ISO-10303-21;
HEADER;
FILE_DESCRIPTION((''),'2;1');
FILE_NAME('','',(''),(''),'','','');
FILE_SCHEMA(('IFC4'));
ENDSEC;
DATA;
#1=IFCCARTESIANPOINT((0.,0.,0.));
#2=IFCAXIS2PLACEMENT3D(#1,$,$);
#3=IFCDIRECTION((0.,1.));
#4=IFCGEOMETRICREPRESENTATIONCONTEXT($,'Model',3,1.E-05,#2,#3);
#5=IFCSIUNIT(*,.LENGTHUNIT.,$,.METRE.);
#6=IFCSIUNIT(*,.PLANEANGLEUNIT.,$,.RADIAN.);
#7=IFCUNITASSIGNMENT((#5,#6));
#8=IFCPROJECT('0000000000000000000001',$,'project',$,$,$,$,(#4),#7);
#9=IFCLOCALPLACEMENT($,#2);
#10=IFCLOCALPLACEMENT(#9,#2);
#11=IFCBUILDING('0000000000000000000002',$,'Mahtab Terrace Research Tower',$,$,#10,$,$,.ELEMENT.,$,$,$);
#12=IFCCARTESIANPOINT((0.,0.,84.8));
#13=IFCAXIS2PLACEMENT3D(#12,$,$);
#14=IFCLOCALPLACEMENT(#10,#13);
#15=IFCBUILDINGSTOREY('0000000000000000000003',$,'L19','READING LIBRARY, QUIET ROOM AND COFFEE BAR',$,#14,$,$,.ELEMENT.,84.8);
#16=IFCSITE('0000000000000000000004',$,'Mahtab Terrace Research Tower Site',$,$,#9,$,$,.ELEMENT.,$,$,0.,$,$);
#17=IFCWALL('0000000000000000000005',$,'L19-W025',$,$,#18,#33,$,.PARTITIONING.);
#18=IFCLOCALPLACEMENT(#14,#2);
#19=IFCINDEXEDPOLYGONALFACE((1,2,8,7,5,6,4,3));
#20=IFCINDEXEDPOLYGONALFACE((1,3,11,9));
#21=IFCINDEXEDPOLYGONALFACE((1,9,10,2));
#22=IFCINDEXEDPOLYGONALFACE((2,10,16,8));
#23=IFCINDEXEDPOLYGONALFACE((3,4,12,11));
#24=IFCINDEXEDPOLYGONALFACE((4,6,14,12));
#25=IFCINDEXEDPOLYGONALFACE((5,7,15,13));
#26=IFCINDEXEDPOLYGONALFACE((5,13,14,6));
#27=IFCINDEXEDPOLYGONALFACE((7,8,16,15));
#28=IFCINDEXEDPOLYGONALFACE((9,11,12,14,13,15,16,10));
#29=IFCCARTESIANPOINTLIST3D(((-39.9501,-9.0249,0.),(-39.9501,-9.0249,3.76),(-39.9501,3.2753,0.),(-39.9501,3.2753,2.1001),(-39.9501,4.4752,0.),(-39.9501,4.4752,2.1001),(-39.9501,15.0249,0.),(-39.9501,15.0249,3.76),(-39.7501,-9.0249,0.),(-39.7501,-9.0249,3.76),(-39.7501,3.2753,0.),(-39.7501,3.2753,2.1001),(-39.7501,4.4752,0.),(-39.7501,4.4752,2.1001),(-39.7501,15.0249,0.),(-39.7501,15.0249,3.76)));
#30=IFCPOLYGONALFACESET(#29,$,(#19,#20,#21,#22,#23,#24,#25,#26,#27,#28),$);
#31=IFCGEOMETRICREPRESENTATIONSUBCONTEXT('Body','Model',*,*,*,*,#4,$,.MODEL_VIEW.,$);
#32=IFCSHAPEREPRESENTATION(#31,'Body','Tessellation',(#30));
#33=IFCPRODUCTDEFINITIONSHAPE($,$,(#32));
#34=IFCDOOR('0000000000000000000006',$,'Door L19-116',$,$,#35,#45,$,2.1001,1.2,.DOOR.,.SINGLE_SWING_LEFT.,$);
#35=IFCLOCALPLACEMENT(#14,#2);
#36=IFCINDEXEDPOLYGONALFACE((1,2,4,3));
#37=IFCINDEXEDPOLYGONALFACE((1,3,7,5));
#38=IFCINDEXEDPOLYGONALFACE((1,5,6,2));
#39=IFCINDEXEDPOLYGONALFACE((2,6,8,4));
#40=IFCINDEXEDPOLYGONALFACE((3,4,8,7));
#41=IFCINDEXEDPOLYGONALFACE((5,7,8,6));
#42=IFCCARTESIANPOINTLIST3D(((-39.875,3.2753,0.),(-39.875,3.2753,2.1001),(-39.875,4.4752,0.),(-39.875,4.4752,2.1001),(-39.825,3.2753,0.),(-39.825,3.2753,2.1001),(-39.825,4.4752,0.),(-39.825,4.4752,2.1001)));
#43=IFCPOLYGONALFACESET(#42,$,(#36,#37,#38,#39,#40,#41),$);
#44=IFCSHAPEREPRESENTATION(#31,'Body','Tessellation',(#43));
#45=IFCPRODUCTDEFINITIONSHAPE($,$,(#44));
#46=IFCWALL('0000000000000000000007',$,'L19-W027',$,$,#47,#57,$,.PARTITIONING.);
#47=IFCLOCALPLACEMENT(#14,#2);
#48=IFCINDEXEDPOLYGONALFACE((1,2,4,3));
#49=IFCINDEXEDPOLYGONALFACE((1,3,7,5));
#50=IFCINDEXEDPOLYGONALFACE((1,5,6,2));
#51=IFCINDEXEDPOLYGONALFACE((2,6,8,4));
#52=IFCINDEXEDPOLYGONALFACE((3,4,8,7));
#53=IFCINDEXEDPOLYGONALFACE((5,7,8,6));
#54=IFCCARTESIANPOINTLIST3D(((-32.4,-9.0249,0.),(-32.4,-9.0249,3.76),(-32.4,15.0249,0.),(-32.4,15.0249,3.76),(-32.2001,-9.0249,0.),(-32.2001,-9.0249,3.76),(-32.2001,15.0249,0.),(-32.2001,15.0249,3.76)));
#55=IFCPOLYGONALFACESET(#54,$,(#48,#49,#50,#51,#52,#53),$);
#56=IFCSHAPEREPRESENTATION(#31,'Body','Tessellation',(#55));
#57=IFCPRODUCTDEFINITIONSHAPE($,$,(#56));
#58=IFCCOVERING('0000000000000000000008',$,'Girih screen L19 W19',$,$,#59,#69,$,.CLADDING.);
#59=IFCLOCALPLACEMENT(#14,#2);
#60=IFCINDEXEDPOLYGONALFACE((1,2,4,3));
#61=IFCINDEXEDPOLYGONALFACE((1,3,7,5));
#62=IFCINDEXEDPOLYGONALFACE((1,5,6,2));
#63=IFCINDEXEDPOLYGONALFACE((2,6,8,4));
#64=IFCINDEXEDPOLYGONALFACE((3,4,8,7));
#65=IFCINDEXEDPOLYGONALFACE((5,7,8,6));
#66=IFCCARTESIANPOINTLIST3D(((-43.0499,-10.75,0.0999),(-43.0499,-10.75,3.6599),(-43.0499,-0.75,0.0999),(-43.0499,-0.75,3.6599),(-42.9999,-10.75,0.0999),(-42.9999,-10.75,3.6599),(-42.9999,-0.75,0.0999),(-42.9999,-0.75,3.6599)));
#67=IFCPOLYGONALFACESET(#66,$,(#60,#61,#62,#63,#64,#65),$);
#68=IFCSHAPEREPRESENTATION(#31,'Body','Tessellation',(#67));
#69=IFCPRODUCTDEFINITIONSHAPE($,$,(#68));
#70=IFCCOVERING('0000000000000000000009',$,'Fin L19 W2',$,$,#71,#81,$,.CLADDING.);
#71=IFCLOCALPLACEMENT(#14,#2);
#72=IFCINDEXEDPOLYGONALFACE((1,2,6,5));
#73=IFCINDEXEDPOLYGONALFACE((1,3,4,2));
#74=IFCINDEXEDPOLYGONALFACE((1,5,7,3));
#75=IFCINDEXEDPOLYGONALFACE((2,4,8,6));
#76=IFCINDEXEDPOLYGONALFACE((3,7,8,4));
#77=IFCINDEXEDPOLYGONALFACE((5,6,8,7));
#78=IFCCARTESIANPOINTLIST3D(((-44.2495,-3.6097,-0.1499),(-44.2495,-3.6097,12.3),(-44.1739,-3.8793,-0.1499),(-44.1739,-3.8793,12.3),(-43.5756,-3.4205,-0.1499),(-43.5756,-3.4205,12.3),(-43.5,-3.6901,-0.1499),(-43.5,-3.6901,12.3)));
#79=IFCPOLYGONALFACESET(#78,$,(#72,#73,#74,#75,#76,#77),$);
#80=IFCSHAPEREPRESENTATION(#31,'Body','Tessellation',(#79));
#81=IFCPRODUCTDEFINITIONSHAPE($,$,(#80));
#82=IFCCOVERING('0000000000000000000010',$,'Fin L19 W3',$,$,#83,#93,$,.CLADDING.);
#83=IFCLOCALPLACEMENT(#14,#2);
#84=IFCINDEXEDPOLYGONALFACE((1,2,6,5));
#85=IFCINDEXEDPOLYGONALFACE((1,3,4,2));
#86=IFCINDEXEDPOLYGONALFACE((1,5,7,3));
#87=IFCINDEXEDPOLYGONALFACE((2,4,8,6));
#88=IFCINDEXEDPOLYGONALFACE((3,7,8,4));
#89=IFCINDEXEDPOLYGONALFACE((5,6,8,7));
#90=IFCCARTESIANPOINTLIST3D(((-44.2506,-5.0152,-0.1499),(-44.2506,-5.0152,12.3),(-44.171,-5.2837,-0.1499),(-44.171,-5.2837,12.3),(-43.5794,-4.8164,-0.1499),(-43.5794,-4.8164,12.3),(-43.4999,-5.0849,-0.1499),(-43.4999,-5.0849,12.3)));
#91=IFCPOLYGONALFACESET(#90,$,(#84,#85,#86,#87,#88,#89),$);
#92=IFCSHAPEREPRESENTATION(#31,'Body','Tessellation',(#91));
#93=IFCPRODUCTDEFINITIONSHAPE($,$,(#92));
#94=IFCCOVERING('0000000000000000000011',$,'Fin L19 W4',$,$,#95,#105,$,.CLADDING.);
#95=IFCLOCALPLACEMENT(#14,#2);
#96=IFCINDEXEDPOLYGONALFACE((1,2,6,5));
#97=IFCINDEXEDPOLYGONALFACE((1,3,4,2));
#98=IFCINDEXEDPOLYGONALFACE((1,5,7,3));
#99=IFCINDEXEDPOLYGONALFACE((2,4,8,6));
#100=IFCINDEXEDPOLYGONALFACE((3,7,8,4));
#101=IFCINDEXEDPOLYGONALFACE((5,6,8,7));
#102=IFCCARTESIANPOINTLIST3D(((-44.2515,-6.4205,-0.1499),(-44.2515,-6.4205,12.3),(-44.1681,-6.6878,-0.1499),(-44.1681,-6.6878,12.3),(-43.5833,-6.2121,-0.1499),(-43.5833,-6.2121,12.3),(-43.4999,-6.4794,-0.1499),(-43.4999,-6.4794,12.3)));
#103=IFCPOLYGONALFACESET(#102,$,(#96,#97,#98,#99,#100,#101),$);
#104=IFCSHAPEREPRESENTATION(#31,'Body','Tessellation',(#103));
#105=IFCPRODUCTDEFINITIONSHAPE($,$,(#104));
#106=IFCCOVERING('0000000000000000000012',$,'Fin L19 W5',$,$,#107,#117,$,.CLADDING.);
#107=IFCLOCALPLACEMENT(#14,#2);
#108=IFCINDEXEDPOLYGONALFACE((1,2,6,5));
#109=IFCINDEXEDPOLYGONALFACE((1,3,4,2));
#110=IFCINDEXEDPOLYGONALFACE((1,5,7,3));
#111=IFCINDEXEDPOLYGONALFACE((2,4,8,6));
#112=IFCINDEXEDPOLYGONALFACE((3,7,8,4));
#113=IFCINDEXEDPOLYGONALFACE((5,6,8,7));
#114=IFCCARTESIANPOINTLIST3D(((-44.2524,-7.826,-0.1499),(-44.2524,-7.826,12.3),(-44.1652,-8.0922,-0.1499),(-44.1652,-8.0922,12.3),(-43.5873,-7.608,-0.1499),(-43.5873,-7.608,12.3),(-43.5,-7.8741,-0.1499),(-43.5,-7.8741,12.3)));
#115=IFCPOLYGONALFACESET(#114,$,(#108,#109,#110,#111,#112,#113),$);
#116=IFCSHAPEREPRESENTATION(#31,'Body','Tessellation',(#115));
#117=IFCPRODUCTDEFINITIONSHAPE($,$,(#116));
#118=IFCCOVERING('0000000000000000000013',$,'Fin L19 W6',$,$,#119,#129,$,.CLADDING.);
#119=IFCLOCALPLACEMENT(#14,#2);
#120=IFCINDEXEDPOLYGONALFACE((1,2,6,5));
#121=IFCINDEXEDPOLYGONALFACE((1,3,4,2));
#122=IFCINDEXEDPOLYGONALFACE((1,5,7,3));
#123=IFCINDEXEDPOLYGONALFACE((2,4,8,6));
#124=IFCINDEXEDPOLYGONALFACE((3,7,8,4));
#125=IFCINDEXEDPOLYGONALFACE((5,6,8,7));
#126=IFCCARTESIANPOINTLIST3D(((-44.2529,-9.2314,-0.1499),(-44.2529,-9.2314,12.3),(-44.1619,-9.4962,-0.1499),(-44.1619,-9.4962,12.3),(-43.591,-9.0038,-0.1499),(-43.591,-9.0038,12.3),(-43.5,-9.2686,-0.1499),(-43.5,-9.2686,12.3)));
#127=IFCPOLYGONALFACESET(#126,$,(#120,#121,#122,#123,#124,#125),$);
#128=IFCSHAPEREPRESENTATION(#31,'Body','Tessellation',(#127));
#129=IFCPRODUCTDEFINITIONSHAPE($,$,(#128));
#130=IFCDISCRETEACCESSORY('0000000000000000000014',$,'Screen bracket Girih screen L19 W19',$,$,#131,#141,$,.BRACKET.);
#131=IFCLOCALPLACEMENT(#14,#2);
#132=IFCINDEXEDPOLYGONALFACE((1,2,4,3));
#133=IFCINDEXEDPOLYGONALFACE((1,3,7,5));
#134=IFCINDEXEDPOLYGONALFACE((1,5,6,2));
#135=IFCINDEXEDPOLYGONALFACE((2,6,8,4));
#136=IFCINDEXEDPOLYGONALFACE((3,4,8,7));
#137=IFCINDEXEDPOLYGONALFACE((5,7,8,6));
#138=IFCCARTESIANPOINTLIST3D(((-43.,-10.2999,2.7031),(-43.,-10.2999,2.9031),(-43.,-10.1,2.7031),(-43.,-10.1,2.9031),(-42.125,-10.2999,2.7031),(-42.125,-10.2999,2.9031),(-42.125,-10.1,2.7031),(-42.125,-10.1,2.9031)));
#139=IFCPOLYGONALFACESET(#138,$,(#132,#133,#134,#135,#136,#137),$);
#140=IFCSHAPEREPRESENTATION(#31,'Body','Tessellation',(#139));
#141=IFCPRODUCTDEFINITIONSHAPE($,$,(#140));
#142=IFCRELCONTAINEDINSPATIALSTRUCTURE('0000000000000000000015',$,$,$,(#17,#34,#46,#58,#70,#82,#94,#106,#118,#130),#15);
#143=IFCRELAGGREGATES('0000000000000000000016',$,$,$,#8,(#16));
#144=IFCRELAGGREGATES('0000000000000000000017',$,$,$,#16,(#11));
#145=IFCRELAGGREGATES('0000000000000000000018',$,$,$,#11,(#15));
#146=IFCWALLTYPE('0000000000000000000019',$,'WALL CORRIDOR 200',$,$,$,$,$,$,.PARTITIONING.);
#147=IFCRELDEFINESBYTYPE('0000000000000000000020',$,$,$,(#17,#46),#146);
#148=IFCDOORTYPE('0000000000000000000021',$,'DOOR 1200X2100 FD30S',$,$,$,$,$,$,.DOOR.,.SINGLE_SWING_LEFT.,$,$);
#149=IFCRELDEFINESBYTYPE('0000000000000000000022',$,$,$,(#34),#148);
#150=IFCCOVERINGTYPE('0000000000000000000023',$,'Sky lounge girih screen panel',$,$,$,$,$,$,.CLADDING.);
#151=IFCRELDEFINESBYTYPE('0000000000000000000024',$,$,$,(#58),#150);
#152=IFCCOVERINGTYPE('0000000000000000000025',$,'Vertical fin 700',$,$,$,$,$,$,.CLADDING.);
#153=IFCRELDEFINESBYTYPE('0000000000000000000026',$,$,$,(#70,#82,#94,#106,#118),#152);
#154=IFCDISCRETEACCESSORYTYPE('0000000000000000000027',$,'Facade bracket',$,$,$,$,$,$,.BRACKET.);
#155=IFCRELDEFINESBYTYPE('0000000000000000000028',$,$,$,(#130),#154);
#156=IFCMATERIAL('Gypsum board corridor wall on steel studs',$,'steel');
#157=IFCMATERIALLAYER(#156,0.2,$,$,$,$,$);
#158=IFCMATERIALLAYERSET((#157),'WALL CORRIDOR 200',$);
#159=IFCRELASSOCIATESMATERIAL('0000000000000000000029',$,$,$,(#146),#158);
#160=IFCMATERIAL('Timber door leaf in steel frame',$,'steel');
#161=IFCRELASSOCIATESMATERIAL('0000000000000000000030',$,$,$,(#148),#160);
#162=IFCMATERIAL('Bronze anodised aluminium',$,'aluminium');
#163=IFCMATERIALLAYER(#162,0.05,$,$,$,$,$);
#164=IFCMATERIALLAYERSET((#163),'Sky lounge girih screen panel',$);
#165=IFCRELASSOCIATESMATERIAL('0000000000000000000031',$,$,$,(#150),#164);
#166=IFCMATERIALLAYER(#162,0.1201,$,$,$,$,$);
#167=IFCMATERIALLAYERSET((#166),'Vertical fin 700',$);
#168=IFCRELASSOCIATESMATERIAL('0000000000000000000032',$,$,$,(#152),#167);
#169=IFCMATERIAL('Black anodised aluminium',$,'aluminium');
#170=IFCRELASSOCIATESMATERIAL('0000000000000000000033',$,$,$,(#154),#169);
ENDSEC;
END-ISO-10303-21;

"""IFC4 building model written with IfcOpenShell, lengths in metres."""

from ifc_helpers import new_model, si_unit, direction, frame, frame_2d, origin, origin_2d, place, context, subcontext, project, spatial, rectangle, extrude, material, layer, layer_set, type_object, element, fill, save


model = new_model("IFC4")

# Units and contexts
model_context = context("Model", 3, precision=1e-05, world=origin(), true_north=direction((0.0, 1.0)))
body_context = subcontext(model_context, "Body", "Model", "MODEL_VIEW")
ifc_project = project(units=[si_unit("LENGTHUNIT", "METRE"), si_unit("PLANEANGLEUNIT", "RADIAN")], contexts=[model_context])

# Site, building, storey
site_placement = place(None, origin())
site = spatial("IfcSite", under=ifc_project, at=site_placement, Name="Mahtab Terrace Research Tower Site", CompositionType="ELEMENT", RefElevation=0.0)
building_placement = place(site_placement, origin())
building = spatial("IfcBuilding", under=site, at=building_placement, Name="Mahtab Terrace Research Tower", CompositionType="ELEMENT")
storey_placement = place(building_placement, frame((0.0, 0.0, 84.8)))
storey = spatial("IfcBuildingStorey", under=building, at=storey_placement, Name="L19", Description="READING LIBRARY, QUIET ROOM AND COFFEE BAR", CompositionType="ELEMENT", Elevation=84.8)

# Wall, opening, door
ifc_material_1 = material(Name="Gypsum board corridor wall on steel studs", Category="steel")
ifc_layer_1 = layer(ifc_material_1, 0.2)
ifc_layer_set_1 = layer_set([ifc_layer_1], Name="WALL CORRIDOR 200")
wall_type_1 = type_object("IfcWallType", Name="WALL CORRIDOR 200", PredefinedType="PARTITIONING", material=ifc_layer_set_1)
ifc_material_2 = material(Name="Timber door leaf in steel frame", Category="steel")
door_type_1 = type_object("IfcDoorType", Name="DOOR 1200X2100 FD30S", OperationType="SINGLE_SWING_LEFT", PredefinedType="DOOR", material=ifc_material_2)
wall_1_placement = place(storey_placement, frame((-39.8501, -9.0249, 0.0), z_axis=(0.0, 0.0, 1.0), x_axis=(0.0, 1.0, 0.0)))
wall_1 = element("IfcWall", 1, at=wall_1_placement, inside=storey, type_object=wall_type_1, Name="L19-W025", PredefinedType="PARTITIONING", context=body_context, shape_type="SweptSolid", body=[
    extrude(rectangle(XDim=24.0498, YDim=0.2, at=frame_2d((12.0249, 0.0))), origin(), (0.0, 0.0, 1.0), 3.76),
])
opening_1_placement = place(wall_1_placement, frame((12.3, 0.0, 0.0)))
opening_1 = element("IfcOpeningElement", 2, at=opening_1_placement, cuts=wall_1, PredefinedType="OPENING", context=body_context, shape_type="SweptSolid", body=[
    extrude(rectangle(XDim=1.2, YDim=2.1001, at=frame_2d((0.6001, 1.05))), frame((0.0, 0.1099, 0.0), z_axis=(0.0, -1.0, 0.0), x_axis=(1.0, 0.0, 0.0)), (0.0, 0.0, 1.0), 0.22),
])
door_1_placement = place(opening_1_placement, origin())
door_1 = element("IfcDoor", 3, at=door_1_placement, inside=storey, type_object=door_type_1, Name="Door L19-116", OperationType="SINGLE_SWING_LEFT", OverallHeight=2.1001, OverallWidth=1.2, PredefinedType="DOOR", context=body_context, shape_type="SweptSolid", body=[
    extrude(rectangle(XDim=1.2, YDim=2.1001, at=frame_2d((0.6001, 1.05))), frame((0.0, 0.0249, 0.0), z_axis=(0.0, -1.0, 0.0), x_axis=(1.0, 0.0, 0.0)), (0.0, 0.0, 1.0), 0.05),
])
fill(opening_1, door_1)

# Wall
wall_2_placement = place(storey_placement, frame((-32.3, -9.0249, 0.0), z_axis=(0.0, 0.0, 1.0), x_axis=(0.0, 1.0, 0.0)))
element("IfcWall", 4, at=wall_2_placement, inside=storey, type_object=wall_type_1, Name="L19-W027", PredefinedType="PARTITIONING", context=body_context, shape_type="SweptSolid", body=[
    extrude(rectangle(XDim=24.0498, YDim=0.2, at=frame_2d((12.0249, 0.0))), origin(), (0.0, 0.0, 1.0), 3.76),
])

# Coverings
ifc_material_3 = material(Name="Bronze anodised aluminium", Category="aluminium")
ifc_layer_2 = layer(ifc_material_3, 0.05)
ifc_layer_set_2 = layer_set([ifc_layer_2], Name="Sky lounge girih screen panel")
covering_type_1 = type_object("IfcCoveringType", Name="Sky lounge girih screen panel", PredefinedType="CLADDING", material=ifc_layer_set_2)
covering_placement = place(storey_placement, frame((-43.0249, -5.75, 0.0999), z_axis=(0.0, 0.0, 1.0), x_axis=(0.0, -1.0, 0.0)))
element("IfcCovering", 5, at=covering_placement, inside=storey, type_object=covering_type_1, Name="Girih screen L19 W19", PredefinedType="CLADDING", context=body_context, shape_type="SweptSolid", body=[
    extrude(rectangle(XDim=10.0, YDim=0.05, at=origin_2d()), origin(), (0.0, 0.0, 1.0), 3.5601),
])
ifc_layer_3 = layer(ifc_material_3, 0.1201)
ifc_layer_set_3 = layer_set([ifc_layer_3], Name="Vertical fin 700")
covering_type_2 = type_object("IfcCoveringType", Name="Vertical fin 700", PredefinedType="CLADDING", material=ifc_layer_set_3)
for number, where, z_axis, x_axis, name in (
    (6, (-43.8748, -3.6499, -0.1499), (0.0, 0.0, 1.0), (0.270205, -0.962803, 0.0), "Fin L19 W2"),
    (7, (-43.8752, -5.05, -0.1499), (0.0, 0.0, 1.0), (0.284015, -0.95882, 0.0), "Fin L19 W3"),
    (8, (-43.8757, -6.45, -0.1499), (0.0, 0.0, 1.0), (0.297767, -0.954639, 0.0), "Fin L19 W4"),
    (9, (-43.8762, -7.8501, -0.1499), (0.0, 0.0, 1.0), (0.311457, -0.95026, 0.0), "Fin L19 W5"),
    (10, (-43.8765, -9.25, -0.1499), (0.0, 0.0, 1.0), (0.325083, -0.945686, 0.0), "Fin L19 W6"),
):
    element("IfcCovering", number, at=place(storey_placement, frame(where, z_axis=z_axis, x_axis=x_axis)), inside=storey, type_object=covering_type_2, Name=name, PredefinedType="CLADDING", context=body_context, shape_type="SweptSolid", body=[
        extrude(rectangle(XDim=0.28, YDim=0.7, at=origin_2d()), origin(), (0.0, 0.0, 1.0), 12.45),
    ])

# Discrete accessory
ifc_material_4 = material(Name="Black anodised aluminium", Category="aluminium")
discrete_accessory_type = type_object("IfcDiscreteAccessoryType", Name="Facade bracket", PredefinedType="BRACKET", material=ifc_material_4)
discrete_accessory_placement = place(storey_placement, frame((-42.5625, -10.2, 2.7031), z_axis=(0.0, 0.0, 1.0), x_axis=(0.0, -1.0, 0.0)))
element("IfcDiscreteAccessory", 11, at=discrete_accessory_placement, inside=storey, type_object=discrete_accessory_type, Name="Screen bracket Girih screen L19 W19", PredefinedType="BRACKET", context=body_context, shape_type="SweptSolid", body=[
    extrude(rectangle(XDim=0.2, YDim=0.875, at=origin_2d()), origin(), (0.0, 0.0, 1.0), 0.2),
])

save(model, "model.ifc")
